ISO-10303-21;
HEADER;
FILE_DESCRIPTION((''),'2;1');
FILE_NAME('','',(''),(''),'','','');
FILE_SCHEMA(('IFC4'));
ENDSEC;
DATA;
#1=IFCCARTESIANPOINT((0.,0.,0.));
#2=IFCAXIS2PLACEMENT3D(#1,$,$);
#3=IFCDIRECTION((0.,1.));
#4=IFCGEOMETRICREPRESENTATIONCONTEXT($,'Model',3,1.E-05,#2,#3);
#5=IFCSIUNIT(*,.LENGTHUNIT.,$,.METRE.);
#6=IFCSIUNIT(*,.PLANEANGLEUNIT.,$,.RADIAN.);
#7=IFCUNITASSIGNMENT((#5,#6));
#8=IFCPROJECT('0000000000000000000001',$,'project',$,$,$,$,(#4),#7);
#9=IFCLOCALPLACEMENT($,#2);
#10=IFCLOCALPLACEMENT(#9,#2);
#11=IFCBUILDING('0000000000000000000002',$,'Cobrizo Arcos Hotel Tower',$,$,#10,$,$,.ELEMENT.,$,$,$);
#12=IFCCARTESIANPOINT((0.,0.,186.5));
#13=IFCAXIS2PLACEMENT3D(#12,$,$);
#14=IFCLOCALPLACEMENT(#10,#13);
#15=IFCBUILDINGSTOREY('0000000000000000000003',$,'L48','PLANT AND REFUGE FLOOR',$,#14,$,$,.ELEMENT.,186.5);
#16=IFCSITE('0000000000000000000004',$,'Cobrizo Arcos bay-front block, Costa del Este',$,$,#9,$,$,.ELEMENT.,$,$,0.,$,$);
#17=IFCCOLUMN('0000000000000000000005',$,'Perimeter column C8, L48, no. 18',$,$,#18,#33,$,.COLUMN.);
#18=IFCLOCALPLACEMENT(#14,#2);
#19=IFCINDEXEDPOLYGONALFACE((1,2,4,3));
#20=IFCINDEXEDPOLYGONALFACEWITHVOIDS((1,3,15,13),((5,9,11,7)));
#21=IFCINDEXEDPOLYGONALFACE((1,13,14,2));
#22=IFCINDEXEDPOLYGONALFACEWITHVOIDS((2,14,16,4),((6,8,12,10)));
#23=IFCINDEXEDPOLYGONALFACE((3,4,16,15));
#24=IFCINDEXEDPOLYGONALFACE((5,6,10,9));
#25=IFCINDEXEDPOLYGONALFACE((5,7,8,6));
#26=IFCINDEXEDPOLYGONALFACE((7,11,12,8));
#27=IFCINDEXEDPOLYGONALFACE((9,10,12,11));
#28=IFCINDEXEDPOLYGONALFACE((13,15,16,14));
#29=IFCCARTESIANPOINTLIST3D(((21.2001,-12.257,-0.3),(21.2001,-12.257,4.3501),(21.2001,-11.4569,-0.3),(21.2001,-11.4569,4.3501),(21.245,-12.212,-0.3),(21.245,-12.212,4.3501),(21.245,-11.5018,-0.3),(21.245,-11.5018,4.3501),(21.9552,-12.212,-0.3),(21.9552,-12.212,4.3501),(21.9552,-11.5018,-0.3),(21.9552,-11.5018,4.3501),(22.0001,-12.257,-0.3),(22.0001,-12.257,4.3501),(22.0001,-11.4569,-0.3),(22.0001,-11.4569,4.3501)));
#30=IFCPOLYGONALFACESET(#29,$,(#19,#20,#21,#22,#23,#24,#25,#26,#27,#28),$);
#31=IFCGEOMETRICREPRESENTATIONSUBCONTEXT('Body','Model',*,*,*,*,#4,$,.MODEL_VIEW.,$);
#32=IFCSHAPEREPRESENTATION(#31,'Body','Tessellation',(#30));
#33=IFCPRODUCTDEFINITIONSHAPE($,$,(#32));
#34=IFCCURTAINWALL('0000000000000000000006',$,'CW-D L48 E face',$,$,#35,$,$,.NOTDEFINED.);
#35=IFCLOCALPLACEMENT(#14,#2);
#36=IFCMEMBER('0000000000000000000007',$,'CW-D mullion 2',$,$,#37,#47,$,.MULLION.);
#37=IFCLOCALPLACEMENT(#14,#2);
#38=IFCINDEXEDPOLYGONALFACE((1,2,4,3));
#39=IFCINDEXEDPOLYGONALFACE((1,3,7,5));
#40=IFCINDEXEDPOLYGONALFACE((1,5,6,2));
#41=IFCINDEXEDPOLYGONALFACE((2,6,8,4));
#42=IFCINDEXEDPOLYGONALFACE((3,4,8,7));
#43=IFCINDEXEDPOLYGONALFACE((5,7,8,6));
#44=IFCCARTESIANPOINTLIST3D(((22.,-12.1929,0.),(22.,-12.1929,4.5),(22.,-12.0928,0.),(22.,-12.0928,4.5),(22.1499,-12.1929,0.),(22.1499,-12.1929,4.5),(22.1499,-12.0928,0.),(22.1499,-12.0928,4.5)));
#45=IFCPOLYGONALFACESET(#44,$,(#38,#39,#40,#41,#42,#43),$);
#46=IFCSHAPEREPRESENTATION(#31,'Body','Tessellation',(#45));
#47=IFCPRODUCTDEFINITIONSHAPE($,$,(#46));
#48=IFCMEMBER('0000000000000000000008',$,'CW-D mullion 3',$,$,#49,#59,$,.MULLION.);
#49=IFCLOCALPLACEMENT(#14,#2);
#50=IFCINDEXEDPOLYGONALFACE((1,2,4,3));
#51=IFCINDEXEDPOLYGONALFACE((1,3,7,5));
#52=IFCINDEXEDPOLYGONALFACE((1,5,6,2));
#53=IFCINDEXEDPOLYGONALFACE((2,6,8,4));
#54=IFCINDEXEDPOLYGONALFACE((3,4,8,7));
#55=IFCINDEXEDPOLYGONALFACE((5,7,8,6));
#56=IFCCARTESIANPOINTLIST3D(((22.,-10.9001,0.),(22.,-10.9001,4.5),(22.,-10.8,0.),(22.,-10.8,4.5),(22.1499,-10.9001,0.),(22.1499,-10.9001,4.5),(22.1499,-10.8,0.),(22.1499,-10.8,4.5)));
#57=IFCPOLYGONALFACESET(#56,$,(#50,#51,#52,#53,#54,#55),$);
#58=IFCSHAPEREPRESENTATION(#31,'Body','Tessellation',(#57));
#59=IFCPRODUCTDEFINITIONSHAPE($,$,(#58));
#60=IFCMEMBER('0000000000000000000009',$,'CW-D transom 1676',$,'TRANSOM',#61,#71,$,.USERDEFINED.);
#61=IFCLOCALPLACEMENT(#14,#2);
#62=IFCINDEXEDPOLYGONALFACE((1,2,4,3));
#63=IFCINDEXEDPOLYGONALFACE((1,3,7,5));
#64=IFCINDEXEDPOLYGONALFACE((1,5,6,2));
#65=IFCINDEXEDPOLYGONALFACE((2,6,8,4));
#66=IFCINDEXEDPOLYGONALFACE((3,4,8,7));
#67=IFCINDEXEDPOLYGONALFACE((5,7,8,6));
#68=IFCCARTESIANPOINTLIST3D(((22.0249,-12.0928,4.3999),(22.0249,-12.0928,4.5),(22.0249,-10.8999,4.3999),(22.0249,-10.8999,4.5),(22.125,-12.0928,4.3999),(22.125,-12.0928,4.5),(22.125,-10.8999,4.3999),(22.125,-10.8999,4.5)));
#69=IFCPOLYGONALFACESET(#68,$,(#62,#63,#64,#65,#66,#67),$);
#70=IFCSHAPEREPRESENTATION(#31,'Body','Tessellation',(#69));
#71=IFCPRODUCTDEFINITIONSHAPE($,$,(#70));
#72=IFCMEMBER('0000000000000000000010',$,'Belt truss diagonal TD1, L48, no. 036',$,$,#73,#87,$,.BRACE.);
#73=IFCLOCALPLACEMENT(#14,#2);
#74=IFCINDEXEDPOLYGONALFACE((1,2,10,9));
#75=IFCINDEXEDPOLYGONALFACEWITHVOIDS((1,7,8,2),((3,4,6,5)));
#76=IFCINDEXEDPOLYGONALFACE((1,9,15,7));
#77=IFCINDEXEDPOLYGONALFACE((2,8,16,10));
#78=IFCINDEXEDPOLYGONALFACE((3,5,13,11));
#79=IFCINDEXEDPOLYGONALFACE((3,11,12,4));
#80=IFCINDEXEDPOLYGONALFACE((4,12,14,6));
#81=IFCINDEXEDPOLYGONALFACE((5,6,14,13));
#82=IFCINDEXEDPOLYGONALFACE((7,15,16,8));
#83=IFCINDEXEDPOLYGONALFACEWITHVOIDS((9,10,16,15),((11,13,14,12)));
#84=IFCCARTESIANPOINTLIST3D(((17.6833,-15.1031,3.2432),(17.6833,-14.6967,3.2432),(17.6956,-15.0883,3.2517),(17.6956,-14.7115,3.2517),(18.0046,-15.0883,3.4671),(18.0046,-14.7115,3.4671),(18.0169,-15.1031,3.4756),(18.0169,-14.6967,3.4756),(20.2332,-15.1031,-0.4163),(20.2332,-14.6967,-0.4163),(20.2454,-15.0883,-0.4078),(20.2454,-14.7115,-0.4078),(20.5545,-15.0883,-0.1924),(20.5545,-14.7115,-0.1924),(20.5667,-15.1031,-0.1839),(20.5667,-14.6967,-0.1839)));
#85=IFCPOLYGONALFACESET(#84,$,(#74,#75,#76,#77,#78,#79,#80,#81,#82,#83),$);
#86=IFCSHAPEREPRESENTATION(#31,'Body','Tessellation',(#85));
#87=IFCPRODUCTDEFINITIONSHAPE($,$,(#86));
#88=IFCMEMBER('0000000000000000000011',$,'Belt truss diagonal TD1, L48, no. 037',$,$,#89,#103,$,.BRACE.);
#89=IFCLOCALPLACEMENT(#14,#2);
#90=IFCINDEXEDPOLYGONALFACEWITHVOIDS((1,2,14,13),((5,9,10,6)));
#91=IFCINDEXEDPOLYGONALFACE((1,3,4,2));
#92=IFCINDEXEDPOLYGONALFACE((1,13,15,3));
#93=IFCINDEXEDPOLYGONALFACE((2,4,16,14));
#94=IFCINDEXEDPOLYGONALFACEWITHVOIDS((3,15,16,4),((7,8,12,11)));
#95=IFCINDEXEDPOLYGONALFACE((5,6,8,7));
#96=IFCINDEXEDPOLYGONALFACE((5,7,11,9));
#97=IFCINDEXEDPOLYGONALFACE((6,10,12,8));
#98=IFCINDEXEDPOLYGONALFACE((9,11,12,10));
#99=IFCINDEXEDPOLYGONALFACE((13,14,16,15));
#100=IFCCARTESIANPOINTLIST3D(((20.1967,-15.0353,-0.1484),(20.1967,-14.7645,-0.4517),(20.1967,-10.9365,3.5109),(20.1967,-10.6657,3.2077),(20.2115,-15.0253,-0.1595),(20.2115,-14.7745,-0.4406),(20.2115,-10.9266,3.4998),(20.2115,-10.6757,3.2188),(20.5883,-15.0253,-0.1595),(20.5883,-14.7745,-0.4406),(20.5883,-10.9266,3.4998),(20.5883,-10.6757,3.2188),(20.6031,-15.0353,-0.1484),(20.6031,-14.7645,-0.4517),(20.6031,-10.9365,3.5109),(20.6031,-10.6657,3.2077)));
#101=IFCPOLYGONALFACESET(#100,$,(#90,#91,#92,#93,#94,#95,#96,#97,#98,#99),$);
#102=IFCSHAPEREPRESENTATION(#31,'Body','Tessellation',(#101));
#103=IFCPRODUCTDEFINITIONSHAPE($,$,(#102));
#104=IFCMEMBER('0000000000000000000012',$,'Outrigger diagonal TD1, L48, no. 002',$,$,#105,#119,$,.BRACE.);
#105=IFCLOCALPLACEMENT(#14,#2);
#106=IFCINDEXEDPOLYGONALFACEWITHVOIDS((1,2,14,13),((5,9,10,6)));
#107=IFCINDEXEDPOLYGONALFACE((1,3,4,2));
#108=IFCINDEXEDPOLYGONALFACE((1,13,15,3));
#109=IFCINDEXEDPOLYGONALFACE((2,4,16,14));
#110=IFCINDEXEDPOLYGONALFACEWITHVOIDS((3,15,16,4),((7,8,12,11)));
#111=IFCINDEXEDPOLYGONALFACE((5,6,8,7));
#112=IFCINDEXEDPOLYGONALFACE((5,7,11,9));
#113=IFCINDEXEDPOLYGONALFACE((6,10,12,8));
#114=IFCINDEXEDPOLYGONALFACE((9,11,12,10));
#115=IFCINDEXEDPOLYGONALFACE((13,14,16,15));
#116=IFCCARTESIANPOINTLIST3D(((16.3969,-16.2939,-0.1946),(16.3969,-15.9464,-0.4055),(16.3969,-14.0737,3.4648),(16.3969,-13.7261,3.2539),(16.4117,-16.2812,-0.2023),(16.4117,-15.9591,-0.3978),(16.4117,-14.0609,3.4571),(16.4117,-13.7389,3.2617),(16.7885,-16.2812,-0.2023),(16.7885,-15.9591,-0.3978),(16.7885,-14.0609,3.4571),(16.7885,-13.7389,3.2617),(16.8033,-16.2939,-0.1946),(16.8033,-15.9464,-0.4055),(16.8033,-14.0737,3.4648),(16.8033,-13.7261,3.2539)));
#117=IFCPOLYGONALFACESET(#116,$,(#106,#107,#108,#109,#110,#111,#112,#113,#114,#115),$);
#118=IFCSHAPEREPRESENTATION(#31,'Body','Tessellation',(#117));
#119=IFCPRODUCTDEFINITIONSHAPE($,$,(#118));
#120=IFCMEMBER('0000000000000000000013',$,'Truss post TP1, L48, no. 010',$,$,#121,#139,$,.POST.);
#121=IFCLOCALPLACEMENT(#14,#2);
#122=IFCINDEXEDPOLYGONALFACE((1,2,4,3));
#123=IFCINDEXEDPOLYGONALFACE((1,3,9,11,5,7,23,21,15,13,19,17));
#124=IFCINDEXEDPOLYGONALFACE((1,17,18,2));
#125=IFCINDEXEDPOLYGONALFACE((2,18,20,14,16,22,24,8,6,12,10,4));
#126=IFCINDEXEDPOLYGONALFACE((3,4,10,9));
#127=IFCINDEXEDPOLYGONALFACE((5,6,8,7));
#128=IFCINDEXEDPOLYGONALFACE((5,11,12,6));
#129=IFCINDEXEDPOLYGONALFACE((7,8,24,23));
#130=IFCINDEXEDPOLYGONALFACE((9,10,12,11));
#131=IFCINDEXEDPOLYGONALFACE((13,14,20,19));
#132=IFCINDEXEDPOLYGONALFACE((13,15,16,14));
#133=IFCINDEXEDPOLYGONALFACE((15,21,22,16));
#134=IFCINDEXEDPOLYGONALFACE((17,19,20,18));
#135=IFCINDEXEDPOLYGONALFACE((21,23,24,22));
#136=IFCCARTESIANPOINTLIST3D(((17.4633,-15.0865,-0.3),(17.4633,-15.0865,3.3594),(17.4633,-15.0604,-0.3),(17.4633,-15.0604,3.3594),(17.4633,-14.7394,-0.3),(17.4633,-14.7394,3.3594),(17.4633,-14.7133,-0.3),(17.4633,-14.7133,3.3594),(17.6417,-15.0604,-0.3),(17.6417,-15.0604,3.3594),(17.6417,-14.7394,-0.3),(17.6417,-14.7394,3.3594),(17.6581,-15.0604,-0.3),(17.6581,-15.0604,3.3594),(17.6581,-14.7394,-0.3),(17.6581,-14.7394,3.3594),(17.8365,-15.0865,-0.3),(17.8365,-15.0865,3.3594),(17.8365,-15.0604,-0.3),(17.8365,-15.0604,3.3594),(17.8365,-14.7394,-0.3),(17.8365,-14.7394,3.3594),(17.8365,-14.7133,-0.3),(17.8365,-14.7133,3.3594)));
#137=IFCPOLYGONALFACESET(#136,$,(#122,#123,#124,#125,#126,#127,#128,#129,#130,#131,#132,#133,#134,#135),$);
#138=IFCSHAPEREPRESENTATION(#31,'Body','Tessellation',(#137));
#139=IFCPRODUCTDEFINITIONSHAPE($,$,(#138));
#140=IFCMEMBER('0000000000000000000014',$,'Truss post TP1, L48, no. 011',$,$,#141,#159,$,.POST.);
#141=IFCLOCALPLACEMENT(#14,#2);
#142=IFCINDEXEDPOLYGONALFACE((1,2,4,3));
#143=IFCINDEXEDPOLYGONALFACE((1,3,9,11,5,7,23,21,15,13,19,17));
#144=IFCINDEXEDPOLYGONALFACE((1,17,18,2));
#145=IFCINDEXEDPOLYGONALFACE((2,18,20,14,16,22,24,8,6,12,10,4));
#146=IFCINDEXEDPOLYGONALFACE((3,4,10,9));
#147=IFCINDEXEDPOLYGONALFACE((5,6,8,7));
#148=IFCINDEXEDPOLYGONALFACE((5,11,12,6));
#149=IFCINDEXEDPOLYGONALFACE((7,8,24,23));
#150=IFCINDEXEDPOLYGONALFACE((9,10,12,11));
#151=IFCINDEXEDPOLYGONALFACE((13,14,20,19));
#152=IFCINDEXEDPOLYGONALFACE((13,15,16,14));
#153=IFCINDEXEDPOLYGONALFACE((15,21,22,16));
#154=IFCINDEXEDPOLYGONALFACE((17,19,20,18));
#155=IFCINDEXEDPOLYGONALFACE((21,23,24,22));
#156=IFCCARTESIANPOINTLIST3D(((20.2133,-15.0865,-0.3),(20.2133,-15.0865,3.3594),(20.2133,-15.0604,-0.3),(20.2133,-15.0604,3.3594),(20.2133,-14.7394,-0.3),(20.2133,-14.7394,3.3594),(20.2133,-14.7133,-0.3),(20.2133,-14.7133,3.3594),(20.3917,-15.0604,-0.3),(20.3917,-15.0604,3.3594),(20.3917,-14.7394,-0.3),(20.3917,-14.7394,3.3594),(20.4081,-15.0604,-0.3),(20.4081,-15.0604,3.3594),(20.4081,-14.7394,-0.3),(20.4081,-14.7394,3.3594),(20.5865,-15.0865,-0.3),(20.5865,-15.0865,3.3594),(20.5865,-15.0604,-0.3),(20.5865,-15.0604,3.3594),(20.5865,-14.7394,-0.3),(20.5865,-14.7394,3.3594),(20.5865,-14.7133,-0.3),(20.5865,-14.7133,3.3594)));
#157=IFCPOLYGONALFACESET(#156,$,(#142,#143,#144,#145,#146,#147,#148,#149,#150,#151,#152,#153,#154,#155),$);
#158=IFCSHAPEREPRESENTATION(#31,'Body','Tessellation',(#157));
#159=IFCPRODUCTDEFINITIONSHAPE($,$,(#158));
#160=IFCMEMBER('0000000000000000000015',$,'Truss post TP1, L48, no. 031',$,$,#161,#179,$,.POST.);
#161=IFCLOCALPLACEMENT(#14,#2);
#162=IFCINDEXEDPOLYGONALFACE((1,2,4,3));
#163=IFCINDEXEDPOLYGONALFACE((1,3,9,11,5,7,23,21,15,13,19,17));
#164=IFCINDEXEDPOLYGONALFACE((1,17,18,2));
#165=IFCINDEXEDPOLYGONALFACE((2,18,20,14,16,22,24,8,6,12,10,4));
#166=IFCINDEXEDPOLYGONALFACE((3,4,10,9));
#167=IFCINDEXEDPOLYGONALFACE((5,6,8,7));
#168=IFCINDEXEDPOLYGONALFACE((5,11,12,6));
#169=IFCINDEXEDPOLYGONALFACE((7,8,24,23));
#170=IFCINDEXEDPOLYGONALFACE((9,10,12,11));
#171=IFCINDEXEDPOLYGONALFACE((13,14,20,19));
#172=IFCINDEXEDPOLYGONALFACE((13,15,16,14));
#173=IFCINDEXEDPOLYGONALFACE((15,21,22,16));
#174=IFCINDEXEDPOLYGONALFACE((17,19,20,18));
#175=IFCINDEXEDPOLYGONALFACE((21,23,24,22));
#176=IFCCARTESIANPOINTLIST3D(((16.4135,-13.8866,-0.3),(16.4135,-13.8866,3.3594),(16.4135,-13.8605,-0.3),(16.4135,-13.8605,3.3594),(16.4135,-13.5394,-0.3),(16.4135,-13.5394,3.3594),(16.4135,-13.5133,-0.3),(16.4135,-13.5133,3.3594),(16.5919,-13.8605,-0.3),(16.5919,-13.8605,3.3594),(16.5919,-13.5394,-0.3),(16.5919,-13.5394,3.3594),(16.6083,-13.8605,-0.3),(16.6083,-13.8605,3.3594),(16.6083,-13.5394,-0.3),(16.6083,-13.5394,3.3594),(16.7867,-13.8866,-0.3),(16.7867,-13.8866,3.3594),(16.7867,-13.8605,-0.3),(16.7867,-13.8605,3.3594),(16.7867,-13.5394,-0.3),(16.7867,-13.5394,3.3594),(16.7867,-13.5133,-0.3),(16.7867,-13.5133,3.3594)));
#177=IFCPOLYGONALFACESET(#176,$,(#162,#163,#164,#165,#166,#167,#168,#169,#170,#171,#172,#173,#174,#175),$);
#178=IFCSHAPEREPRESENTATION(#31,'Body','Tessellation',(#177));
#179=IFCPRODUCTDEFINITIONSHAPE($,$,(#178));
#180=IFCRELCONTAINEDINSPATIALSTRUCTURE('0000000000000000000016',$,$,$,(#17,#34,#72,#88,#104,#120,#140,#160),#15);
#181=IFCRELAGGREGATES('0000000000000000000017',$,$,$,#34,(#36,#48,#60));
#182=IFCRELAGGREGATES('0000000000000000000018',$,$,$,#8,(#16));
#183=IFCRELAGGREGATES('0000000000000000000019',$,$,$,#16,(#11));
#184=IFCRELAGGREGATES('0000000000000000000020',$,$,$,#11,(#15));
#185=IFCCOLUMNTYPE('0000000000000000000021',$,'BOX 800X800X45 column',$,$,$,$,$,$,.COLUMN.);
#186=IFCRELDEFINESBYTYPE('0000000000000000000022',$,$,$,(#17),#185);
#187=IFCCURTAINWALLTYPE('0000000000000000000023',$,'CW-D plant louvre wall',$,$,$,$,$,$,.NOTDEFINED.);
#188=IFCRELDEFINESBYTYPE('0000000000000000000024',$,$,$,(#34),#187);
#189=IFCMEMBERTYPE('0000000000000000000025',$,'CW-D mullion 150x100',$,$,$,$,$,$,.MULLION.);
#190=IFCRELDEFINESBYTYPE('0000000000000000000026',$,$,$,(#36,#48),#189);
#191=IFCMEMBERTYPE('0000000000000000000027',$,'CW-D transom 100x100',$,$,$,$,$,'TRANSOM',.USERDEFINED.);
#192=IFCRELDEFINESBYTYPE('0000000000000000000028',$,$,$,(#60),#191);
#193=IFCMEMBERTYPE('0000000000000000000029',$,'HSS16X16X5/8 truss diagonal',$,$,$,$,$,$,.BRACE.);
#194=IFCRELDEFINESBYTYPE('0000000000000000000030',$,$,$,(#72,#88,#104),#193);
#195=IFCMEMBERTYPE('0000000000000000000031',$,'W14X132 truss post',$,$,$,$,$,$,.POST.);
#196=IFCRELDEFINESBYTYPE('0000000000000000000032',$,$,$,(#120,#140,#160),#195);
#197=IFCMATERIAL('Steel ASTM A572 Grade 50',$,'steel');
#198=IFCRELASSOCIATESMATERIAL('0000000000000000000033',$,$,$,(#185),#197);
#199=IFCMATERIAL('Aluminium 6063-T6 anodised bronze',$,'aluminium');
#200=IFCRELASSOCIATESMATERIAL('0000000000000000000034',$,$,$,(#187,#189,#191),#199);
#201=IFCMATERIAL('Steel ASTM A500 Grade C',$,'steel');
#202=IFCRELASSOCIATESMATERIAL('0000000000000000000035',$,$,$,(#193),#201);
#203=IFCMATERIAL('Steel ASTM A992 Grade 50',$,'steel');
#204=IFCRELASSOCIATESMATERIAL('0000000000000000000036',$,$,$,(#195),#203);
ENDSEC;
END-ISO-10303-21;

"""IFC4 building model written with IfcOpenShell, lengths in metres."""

from ifc_helpers import new_model, si_unit, direction, frame, origin, origin_2d, place, context, subcontext, project, spatial, rectangle, hollow_rectangle, i_section, extrude, material, material_profile, profile_set, type_object, element, aggregate, save


model = new_model("IFC4")

# Units and contexts
model_context = context("Model", 3, precision=1e-05, world=origin(), true_north=direction((0.0, 1.0)))
body_context = subcontext(model_context, "Body", "Model", "MODEL_VIEW")
ifc_project = project(units=[si_unit("LENGTHUNIT", "METRE"), si_unit("PLANEANGLEUNIT", "RADIAN")], contexts=[model_context])

# Site, building, storey
site_placement = place(None, origin())
site = spatial("IfcSite", under=ifc_project, at=site_placement, Name="Cobrizo Arcos bay-front block, Costa del Este", CompositionType="ELEMENT", RefElevation=0.0)
building_placement = place(site_placement, origin())
building = spatial("IfcBuilding", under=site, at=building_placement, Name="Cobrizo Arcos Hotel Tower", CompositionType="ELEMENT")
storey_placement = place(building_placement, frame((0.0, 0.0, 186.5)))
storey = spatial("IfcBuildingStorey", under=building, at=storey_placement, Name="L48", Description="PLANT AND REFUGE FLOOR", CompositionType="ELEMENT", Elevation=186.5)

# Column
ifc_material_1 = material(Name="Steel ASTM A572 Grade 50", Category="steel")
ifc_material_profile_1 = material_profile(ifc_material_1, hollow_rectangle(XDim=0.8, YDim=0.8, WallThickness=0.0449, at=origin_2d()), Name="BOX 800X800X45")
ifc_profile_set_1 = profile_set([ifc_material_profile_1], Name="Steel ASTM A572 Grade 50")
column_type = type_object("IfcColumnType", Name="BOX 800X800X45 column", PredefinedType="COLUMN", material=ifc_profile_set_1)
column_placement = place(storey_placement, frame((21.6001, -11.8569, -0.3), z_axis=(0.0, 0.0, 1.0), x_axis=(1.0, 0.0, 0.0)))
element("IfcColumn", 1, at=column_placement, inside=storey, type_object=column_type, Name="Perimeter column C8, L48, no. 18", PredefinedType="COLUMN", context=body_context, shape_type="SweptSolid", body=[
    extrude(hollow_rectangle(XDim=0.8, YDim=0.8, WallThickness=0.0449, at=origin_2d()), origin(), (0.0, 0.0, 1.0), 4.6501),
])

# Curtain wall, members
ifc_material_2 = material(Name="Aluminium 6063-T6 anodised bronze", Category="aluminium")
curtain_wall_type = type_object("IfcCurtainWallType", Name="CW-D plant louvre wall", PredefinedType="NOTDEFINED", material=ifc_material_2)
curtain_wall_placement = place(storey_placement, origin())
curtain_wall = element("IfcCurtainWall", 2, at=curtain_wall_placement, inside=storey, type_object=curtain_wall_type, Name="CW-D L48 E face", PredefinedType="NOTDEFINED")
ifc_material_profile_2 = material_profile(ifc_material_2, rectangle(XDim=0.1499, YDim=0.1001, at=origin_2d()), Name="CW-D mullion 150x100")
ifc_profile_set_2 = profile_set([ifc_material_profile_2], Name="Aluminium 6063-T6 anodised bronze")
member_type_1 = type_object("IfcMemberType", Name="CW-D mullion 150x100", PredefinedType="MULLION", material=ifc_profile_set_2)
member_1_placement = place(storey_placement, frame((22.075, -12.1428, 0.0), z_axis=(0.0, 0.0, 1.0), x_axis=(1.0, 0.0, 0.0)))
member_1 = element("IfcMember", 3, at=member_1_placement, type_object=member_type_1, Name="CW-D mullion 2", PredefinedType="MULLION", context=body_context, shape_type="SweptSolid", body=[
    extrude(rectangle(XDim=0.1499, YDim=0.1001, at=origin_2d()), origin(), (0.0, 0.0, 1.0), 4.5),
])
member_2_placement = place(storey_placement, frame((22.075, -10.8501, 0.0), z_axis=(0.0, 0.0, 1.0), x_axis=(1.0, 0.0, 0.0)))
member_2 = element("IfcMember", 4, at=member_2_placement, type_object=member_type_1, Name="CW-D mullion 3", PredefinedType="MULLION", context=body_context, shape_type="SweptSolid", body=[
    extrude(rectangle(XDim=0.1499, YDim=0.1001, at=origin_2d()), origin(), (0.0, 0.0, 1.0), 4.5),
])
ifc_material_profile_3 = material_profile(ifc_material_2, rectangle(XDim=0.1001, YDim=0.1001, at=origin_2d()), Name="CW-D transom 100x100")
ifc_profile_set_3 = profile_set([ifc_material_profile_3], Name="Aluminium 6063-T6 anodised bronze")
member_type_2 = type_object("IfcMemberType", Name="CW-D transom 100x100", ElementType="TRANSOM", PredefinedType="USERDEFINED", material=ifc_profile_set_3)
member_3_placement = place(storey_placement, frame((22.075, -12.0928, 4.45), z_axis=(0.0, 1.0, 0.0), x_axis=(-1.0, 0.0, 0.0)))
member_3 = element("IfcMember", 5, at=member_3_placement, type_object=member_type_2, Name="CW-D transom 1676", ObjectType="TRANSOM", PredefinedType="USERDEFINED", context=body_context, shape_type="SweptSolid", body=[
    extrude(rectangle(XDim=0.1001, YDim=0.1001, at=origin_2d()), origin(), (0.0, 0.0, 1.0), 1.1929),
])

# Members
ifc_material_3 = material(Name="Steel ASTM A500 Grade C", Category="steel")
ifc_material_profile_4 = material_profile(ifc_material_3, hollow_rectangle(XDim=0.4065, YDim=0.4065, WallThickness=0.0149, at=origin_2d()), Name="HSS16X16X5/8")
ifc_profile_set_4 = profile_set([ifc_material_profile_4], Name="Steel ASTM A500 Grade C")
member_type_3 = type_object("IfcMemberType", Name="HSS16X16X5/8 truss diagonal", PredefinedType="BRACE", material=ifc_profile_set_4)
member_4_placement = place(storey_placement, frame((17.8501, -14.8999, 3.3594), z_axis=(0.571687, 0.0, -0.820472), x_axis=(0.0, 1.0, 0.0)))
element("IfcMember", 6, at=member_4_placement, inside=storey, type_object=member_type_3, Name="Belt truss diagonal TD1, L48, no. 036", PredefinedType="BRACE", context=body_context, shape_type="SweptSolid", body=[
    extrude(hollow_rectangle(XDim=0.4065, YDim=0.4065, WallThickness=0.0149, at=origin_2d()), origin(), (0.0, 0.0, 1.0), 4.4602),
])
member_5_placement = place(storey_placement, frame((20.3999, -14.8999, -0.3), z_axis=(0.0, 0.745964, 0.665987), x_axis=(-1.0, 0.0, 0.0)))
element("IfcMember", 7, at=member_5_placement, inside=storey, type_object=member_type_3, Name="Belt truss diagonal TD1, L48, no. 037", PredefinedType="BRACE", context=body_context, shape_type="SweptSolid", body=[
    extrude(hollow_rectangle(XDim=0.4065, YDim=0.4065, WallThickness=0.0149, at=origin_2d()), origin(), (0.0, 0.0, 1.0), 5.4946),
])
member_6_placement = place(storey_placement, frame((16.6001, -13.8999, 3.3594), z_axis=(0.0, -0.518709, -0.854951), x_axis=(1.0, 0.0, 0.0)))
element("IfcMember", 8, at=member_6_placement, inside=storey, type_object=member_type_3, Name="Outrigger diagonal TD1, L48, no. 002", PredefinedType="BRACE", context=body_context, shape_type="SweptSolid", body=[
    extrude(hollow_rectangle(XDim=0.4065, YDim=0.4065, WallThickness=0.0149, at=origin_2d()), origin(), (0.0, 0.0, 1.0), 4.2803),
])
ifc_material_4 = material(Name="Steel ASTM A992 Grade 50", Category="steel")
ifc_material_profile_5 = material_profile(ifc_material_4, i_section(OverallWidth=0.3733, OverallDepth=0.3733, WebThickness=0.0164, FlangeThickness=0.0261, at=origin_2d()), Name="W14X132")
ifc_profile_set_5 = profile_set([ifc_material_profile_5], Name="Steel ASTM A992 Grade 50")
member_type_4 = type_object("IfcMemberType", Name="W14X132 truss post", PredefinedType="POST", material=ifc_profile_set_5)
for number, where, z_axis, x_axis, name in (
    (9, (17.6499, -14.8999, -0.3), (0.0, 0.0, 1.0), (1.0, 0.0, 0.0), "Truss post TP1, L48, no. 010"),
    (10, (20.3999, -14.8999, -0.3), (0.0, 0.0, 1.0), (1.0, 0.0, 0.0), "Truss post TP1, L48, no. 011"),
    (11, (16.6001, -13.7, -0.3), (0.0, 0.0, 1.0), (1.0, 0.0, 0.0), "Truss post TP1, L48, no. 031"),
):
    element("IfcMember", number, at=place(storey_placement, frame(where, z_axis=z_axis, x_axis=x_axis)), inside=storey, type_object=member_type_4, Name=name, PredefinedType="POST", context=body_context, shape_type="SweptSolid", body=[
        extrude(i_section(OverallWidth=0.3733, OverallDepth=0.3733, WebThickness=0.0164, FlangeThickness=0.0261, at=origin_2d()), origin(), (0.0, 0.0, 1.0), 3.6594),
    ])

aggregate(curtain_wall, [member_1, member_2, member_3])

save(model, "model.ifc")
